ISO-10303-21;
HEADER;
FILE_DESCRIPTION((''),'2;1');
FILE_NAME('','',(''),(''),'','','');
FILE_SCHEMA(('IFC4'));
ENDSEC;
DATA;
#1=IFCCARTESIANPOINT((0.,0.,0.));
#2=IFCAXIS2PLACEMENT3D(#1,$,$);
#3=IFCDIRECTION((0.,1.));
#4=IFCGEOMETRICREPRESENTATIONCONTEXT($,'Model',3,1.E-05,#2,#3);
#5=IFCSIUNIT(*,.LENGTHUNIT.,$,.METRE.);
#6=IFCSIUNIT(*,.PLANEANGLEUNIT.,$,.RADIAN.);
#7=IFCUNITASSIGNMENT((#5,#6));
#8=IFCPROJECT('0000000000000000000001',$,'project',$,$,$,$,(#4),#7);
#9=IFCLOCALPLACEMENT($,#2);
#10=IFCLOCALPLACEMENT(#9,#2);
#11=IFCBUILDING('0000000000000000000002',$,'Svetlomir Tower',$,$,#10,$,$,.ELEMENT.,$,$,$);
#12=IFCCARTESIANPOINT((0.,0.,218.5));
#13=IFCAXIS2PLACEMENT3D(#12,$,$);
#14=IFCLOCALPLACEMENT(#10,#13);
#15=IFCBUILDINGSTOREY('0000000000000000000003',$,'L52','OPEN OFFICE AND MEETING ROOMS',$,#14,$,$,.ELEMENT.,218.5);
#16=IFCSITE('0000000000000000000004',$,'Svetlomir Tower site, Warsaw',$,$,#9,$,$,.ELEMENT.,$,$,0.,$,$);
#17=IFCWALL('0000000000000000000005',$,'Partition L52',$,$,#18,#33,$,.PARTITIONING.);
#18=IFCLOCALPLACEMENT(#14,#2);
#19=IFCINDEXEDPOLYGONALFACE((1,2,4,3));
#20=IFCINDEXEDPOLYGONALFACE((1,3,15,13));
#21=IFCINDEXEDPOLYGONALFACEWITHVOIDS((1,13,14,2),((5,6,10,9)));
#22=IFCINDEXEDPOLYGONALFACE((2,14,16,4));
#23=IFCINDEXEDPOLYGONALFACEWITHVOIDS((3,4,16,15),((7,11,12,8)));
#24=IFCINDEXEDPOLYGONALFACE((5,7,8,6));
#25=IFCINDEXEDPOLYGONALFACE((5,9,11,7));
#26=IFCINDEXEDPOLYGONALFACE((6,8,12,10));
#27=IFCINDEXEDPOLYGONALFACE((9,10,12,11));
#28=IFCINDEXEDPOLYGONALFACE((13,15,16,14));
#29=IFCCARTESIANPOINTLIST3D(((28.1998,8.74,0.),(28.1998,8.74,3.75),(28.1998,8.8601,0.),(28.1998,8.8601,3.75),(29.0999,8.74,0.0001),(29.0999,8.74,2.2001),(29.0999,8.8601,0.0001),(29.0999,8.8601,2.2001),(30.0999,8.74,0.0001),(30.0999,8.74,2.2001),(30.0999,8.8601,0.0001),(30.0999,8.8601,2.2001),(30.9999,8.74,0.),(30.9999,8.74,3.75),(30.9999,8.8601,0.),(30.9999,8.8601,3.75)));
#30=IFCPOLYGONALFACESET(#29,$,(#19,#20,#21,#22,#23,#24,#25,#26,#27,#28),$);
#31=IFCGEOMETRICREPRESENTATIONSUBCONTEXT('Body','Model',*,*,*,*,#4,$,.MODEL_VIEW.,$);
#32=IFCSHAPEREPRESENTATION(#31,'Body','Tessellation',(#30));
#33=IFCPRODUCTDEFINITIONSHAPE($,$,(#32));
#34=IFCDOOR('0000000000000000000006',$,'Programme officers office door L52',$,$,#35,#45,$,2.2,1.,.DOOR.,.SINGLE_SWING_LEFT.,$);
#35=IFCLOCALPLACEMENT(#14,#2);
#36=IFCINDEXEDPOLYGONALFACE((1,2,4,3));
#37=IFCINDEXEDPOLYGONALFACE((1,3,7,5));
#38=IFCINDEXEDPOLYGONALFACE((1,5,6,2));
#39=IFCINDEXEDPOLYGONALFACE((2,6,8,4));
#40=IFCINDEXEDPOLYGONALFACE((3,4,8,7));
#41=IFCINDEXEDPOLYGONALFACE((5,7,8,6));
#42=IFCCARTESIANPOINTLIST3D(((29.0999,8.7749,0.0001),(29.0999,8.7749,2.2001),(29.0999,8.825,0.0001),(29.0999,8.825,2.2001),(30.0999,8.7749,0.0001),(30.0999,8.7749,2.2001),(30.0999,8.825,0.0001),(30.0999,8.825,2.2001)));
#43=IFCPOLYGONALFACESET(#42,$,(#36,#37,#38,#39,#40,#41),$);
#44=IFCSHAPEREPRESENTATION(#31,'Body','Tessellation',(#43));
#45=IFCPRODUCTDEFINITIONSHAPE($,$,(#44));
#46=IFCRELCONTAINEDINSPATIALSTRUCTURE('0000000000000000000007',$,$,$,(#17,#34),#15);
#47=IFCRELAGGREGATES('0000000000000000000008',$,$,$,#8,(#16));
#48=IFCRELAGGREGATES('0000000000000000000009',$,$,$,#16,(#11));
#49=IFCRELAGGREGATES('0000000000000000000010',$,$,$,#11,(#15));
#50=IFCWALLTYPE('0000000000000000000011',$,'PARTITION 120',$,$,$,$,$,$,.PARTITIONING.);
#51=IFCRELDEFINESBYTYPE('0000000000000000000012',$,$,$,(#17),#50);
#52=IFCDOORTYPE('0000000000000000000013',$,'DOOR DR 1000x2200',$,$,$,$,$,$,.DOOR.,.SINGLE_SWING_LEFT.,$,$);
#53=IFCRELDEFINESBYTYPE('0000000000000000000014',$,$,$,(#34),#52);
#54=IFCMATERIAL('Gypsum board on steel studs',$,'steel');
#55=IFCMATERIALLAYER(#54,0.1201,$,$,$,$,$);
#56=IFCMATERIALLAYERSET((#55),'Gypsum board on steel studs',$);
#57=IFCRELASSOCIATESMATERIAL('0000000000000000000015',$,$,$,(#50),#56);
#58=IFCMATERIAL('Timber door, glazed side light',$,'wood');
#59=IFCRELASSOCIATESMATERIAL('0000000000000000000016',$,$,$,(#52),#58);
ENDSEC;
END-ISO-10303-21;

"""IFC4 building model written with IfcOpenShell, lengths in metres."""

from ifc_helpers import new_model, si_unit, direction, frame, frame_2d, origin, place, context, subcontext, project, spatial, rectangle, extrude, material, layer, layer_set, type_object, element, fill, save


model = new_model("IFC4")

# Units and contexts
model_context = context("Model", 3, precision=1e-05, world=origin(), true_north=direction((0.0, 1.0)))
body_context = subcontext(model_context, "Body", "Model", "MODEL_VIEW")
ifc_project = project(units=[si_unit("LENGTHUNIT", "METRE"), si_unit("PLANEANGLEUNIT", "RADIAN")], contexts=[model_context])

# Site, building, storey
site_placement = place(None, origin())
site = spatial("IfcSite", under=ifc_project, at=site_placement, Name="Svetlomir Tower site, Warsaw", CompositionType="ELEMENT", RefElevation=0.0)
building_placement = place(site_placement, origin())
building = spatial("IfcBuilding", under=site, at=building_placement, Name="Svetlomir Tower", CompositionType="ELEMENT")
storey_placement = place(building_placement, frame((0.0, 0.0, 218.5)))
storey = spatial("IfcBuildingStorey", under=building, at=storey_placement, Name="L52", Description="OPEN OFFICE AND MEETING ROOMS", CompositionType="ELEMENT", Elevation=218.5)

# Shared definitions
ifc_material_1 = material(Name="Gypsum board on steel studs", Category="steel")
ifc_layer_1 = layer(ifc_material_1, 0.1201)
ifc_layer_set_1 = layer_set([ifc_layer_1], Name="Gypsum board on steel studs")
wall_type_1 = type_object("IfcWallType", Name="PARTITION 120", PredefinedType="PARTITIONING", material=ifc_layer_set_1)

# Wall, opening, door
wall_1_placement = place(storey_placement, frame((28.2, 8.8, 0.0), z_axis=(0.0, 0.0, 1.0), x_axis=(1.0, 0.0, 0.0)))
wall_1 = element("IfcWall", 1, at=wall_1_placement, inside=storey, type_object=wall_type_1, Name="Partition L52", PredefinedType="PARTITIONING", context=body_context, shape_type="SweptSolid", body=[
    extrude(rectangle(XDim=2.8, YDim=0.1201, at=frame_2d((1.3999, 0.0))), origin(), (0.0, 0.0, 1.0), 3.75),
])
opening_1_placement = place(wall_1_placement, frame((0.8999, 0.0, 0.0)))
opening_1 = element("IfcOpeningElement", 2, at=opening_1_placement, cuts=wall_1, PredefinedType="OPENING", context=body_context, shape_type="SweptSolid", body=[
    extrude(rectangle(XDim=1.0, YDim=2.2, at=frame_2d((0.5, 1.1001))), frame((0.0, 0.0701, 0.0), z_axis=(0.0, -1.0, 0.0), x_axis=(1.0, 0.0, 0.0)), (0.0, 0.0, 1.0), 0.1401),
])
ifc_material_2 = material(Name="Timber door, glazed side light", Category="wood")
door_type_1 = type_object("IfcDoorType", Name="DOOR DR 1000x2200", OperationType="SINGLE_SWING_LEFT", PredefinedType="DOOR", material=ifc_material_2)
door_1_placement = place(opening_1_placement, origin())
door_1 = element("IfcDoor", 3, at=door_1_placement, inside=storey, type_object=door_type_1, Name="Programme officers office door L52", OperationType="SINGLE_SWING_LEFT", OverallHeight=2.2, OverallWidth=1.0, PredefinedType="DOOR", context=body_context, shape_type="SweptSolid", body=[
    extrude(rectangle(XDim=1.0, YDim=2.2, at=frame_2d((0.5, 1.1001))), frame((0.0, 0.0249, 0.0), z_axis=(0.0, -1.0, 0.0), x_axis=(1.0, 0.0, 0.0)), (0.0, 0.0, 1.0), 0.05),
])
fill(opening_1, door_1)

save(model, "model.ifc")
